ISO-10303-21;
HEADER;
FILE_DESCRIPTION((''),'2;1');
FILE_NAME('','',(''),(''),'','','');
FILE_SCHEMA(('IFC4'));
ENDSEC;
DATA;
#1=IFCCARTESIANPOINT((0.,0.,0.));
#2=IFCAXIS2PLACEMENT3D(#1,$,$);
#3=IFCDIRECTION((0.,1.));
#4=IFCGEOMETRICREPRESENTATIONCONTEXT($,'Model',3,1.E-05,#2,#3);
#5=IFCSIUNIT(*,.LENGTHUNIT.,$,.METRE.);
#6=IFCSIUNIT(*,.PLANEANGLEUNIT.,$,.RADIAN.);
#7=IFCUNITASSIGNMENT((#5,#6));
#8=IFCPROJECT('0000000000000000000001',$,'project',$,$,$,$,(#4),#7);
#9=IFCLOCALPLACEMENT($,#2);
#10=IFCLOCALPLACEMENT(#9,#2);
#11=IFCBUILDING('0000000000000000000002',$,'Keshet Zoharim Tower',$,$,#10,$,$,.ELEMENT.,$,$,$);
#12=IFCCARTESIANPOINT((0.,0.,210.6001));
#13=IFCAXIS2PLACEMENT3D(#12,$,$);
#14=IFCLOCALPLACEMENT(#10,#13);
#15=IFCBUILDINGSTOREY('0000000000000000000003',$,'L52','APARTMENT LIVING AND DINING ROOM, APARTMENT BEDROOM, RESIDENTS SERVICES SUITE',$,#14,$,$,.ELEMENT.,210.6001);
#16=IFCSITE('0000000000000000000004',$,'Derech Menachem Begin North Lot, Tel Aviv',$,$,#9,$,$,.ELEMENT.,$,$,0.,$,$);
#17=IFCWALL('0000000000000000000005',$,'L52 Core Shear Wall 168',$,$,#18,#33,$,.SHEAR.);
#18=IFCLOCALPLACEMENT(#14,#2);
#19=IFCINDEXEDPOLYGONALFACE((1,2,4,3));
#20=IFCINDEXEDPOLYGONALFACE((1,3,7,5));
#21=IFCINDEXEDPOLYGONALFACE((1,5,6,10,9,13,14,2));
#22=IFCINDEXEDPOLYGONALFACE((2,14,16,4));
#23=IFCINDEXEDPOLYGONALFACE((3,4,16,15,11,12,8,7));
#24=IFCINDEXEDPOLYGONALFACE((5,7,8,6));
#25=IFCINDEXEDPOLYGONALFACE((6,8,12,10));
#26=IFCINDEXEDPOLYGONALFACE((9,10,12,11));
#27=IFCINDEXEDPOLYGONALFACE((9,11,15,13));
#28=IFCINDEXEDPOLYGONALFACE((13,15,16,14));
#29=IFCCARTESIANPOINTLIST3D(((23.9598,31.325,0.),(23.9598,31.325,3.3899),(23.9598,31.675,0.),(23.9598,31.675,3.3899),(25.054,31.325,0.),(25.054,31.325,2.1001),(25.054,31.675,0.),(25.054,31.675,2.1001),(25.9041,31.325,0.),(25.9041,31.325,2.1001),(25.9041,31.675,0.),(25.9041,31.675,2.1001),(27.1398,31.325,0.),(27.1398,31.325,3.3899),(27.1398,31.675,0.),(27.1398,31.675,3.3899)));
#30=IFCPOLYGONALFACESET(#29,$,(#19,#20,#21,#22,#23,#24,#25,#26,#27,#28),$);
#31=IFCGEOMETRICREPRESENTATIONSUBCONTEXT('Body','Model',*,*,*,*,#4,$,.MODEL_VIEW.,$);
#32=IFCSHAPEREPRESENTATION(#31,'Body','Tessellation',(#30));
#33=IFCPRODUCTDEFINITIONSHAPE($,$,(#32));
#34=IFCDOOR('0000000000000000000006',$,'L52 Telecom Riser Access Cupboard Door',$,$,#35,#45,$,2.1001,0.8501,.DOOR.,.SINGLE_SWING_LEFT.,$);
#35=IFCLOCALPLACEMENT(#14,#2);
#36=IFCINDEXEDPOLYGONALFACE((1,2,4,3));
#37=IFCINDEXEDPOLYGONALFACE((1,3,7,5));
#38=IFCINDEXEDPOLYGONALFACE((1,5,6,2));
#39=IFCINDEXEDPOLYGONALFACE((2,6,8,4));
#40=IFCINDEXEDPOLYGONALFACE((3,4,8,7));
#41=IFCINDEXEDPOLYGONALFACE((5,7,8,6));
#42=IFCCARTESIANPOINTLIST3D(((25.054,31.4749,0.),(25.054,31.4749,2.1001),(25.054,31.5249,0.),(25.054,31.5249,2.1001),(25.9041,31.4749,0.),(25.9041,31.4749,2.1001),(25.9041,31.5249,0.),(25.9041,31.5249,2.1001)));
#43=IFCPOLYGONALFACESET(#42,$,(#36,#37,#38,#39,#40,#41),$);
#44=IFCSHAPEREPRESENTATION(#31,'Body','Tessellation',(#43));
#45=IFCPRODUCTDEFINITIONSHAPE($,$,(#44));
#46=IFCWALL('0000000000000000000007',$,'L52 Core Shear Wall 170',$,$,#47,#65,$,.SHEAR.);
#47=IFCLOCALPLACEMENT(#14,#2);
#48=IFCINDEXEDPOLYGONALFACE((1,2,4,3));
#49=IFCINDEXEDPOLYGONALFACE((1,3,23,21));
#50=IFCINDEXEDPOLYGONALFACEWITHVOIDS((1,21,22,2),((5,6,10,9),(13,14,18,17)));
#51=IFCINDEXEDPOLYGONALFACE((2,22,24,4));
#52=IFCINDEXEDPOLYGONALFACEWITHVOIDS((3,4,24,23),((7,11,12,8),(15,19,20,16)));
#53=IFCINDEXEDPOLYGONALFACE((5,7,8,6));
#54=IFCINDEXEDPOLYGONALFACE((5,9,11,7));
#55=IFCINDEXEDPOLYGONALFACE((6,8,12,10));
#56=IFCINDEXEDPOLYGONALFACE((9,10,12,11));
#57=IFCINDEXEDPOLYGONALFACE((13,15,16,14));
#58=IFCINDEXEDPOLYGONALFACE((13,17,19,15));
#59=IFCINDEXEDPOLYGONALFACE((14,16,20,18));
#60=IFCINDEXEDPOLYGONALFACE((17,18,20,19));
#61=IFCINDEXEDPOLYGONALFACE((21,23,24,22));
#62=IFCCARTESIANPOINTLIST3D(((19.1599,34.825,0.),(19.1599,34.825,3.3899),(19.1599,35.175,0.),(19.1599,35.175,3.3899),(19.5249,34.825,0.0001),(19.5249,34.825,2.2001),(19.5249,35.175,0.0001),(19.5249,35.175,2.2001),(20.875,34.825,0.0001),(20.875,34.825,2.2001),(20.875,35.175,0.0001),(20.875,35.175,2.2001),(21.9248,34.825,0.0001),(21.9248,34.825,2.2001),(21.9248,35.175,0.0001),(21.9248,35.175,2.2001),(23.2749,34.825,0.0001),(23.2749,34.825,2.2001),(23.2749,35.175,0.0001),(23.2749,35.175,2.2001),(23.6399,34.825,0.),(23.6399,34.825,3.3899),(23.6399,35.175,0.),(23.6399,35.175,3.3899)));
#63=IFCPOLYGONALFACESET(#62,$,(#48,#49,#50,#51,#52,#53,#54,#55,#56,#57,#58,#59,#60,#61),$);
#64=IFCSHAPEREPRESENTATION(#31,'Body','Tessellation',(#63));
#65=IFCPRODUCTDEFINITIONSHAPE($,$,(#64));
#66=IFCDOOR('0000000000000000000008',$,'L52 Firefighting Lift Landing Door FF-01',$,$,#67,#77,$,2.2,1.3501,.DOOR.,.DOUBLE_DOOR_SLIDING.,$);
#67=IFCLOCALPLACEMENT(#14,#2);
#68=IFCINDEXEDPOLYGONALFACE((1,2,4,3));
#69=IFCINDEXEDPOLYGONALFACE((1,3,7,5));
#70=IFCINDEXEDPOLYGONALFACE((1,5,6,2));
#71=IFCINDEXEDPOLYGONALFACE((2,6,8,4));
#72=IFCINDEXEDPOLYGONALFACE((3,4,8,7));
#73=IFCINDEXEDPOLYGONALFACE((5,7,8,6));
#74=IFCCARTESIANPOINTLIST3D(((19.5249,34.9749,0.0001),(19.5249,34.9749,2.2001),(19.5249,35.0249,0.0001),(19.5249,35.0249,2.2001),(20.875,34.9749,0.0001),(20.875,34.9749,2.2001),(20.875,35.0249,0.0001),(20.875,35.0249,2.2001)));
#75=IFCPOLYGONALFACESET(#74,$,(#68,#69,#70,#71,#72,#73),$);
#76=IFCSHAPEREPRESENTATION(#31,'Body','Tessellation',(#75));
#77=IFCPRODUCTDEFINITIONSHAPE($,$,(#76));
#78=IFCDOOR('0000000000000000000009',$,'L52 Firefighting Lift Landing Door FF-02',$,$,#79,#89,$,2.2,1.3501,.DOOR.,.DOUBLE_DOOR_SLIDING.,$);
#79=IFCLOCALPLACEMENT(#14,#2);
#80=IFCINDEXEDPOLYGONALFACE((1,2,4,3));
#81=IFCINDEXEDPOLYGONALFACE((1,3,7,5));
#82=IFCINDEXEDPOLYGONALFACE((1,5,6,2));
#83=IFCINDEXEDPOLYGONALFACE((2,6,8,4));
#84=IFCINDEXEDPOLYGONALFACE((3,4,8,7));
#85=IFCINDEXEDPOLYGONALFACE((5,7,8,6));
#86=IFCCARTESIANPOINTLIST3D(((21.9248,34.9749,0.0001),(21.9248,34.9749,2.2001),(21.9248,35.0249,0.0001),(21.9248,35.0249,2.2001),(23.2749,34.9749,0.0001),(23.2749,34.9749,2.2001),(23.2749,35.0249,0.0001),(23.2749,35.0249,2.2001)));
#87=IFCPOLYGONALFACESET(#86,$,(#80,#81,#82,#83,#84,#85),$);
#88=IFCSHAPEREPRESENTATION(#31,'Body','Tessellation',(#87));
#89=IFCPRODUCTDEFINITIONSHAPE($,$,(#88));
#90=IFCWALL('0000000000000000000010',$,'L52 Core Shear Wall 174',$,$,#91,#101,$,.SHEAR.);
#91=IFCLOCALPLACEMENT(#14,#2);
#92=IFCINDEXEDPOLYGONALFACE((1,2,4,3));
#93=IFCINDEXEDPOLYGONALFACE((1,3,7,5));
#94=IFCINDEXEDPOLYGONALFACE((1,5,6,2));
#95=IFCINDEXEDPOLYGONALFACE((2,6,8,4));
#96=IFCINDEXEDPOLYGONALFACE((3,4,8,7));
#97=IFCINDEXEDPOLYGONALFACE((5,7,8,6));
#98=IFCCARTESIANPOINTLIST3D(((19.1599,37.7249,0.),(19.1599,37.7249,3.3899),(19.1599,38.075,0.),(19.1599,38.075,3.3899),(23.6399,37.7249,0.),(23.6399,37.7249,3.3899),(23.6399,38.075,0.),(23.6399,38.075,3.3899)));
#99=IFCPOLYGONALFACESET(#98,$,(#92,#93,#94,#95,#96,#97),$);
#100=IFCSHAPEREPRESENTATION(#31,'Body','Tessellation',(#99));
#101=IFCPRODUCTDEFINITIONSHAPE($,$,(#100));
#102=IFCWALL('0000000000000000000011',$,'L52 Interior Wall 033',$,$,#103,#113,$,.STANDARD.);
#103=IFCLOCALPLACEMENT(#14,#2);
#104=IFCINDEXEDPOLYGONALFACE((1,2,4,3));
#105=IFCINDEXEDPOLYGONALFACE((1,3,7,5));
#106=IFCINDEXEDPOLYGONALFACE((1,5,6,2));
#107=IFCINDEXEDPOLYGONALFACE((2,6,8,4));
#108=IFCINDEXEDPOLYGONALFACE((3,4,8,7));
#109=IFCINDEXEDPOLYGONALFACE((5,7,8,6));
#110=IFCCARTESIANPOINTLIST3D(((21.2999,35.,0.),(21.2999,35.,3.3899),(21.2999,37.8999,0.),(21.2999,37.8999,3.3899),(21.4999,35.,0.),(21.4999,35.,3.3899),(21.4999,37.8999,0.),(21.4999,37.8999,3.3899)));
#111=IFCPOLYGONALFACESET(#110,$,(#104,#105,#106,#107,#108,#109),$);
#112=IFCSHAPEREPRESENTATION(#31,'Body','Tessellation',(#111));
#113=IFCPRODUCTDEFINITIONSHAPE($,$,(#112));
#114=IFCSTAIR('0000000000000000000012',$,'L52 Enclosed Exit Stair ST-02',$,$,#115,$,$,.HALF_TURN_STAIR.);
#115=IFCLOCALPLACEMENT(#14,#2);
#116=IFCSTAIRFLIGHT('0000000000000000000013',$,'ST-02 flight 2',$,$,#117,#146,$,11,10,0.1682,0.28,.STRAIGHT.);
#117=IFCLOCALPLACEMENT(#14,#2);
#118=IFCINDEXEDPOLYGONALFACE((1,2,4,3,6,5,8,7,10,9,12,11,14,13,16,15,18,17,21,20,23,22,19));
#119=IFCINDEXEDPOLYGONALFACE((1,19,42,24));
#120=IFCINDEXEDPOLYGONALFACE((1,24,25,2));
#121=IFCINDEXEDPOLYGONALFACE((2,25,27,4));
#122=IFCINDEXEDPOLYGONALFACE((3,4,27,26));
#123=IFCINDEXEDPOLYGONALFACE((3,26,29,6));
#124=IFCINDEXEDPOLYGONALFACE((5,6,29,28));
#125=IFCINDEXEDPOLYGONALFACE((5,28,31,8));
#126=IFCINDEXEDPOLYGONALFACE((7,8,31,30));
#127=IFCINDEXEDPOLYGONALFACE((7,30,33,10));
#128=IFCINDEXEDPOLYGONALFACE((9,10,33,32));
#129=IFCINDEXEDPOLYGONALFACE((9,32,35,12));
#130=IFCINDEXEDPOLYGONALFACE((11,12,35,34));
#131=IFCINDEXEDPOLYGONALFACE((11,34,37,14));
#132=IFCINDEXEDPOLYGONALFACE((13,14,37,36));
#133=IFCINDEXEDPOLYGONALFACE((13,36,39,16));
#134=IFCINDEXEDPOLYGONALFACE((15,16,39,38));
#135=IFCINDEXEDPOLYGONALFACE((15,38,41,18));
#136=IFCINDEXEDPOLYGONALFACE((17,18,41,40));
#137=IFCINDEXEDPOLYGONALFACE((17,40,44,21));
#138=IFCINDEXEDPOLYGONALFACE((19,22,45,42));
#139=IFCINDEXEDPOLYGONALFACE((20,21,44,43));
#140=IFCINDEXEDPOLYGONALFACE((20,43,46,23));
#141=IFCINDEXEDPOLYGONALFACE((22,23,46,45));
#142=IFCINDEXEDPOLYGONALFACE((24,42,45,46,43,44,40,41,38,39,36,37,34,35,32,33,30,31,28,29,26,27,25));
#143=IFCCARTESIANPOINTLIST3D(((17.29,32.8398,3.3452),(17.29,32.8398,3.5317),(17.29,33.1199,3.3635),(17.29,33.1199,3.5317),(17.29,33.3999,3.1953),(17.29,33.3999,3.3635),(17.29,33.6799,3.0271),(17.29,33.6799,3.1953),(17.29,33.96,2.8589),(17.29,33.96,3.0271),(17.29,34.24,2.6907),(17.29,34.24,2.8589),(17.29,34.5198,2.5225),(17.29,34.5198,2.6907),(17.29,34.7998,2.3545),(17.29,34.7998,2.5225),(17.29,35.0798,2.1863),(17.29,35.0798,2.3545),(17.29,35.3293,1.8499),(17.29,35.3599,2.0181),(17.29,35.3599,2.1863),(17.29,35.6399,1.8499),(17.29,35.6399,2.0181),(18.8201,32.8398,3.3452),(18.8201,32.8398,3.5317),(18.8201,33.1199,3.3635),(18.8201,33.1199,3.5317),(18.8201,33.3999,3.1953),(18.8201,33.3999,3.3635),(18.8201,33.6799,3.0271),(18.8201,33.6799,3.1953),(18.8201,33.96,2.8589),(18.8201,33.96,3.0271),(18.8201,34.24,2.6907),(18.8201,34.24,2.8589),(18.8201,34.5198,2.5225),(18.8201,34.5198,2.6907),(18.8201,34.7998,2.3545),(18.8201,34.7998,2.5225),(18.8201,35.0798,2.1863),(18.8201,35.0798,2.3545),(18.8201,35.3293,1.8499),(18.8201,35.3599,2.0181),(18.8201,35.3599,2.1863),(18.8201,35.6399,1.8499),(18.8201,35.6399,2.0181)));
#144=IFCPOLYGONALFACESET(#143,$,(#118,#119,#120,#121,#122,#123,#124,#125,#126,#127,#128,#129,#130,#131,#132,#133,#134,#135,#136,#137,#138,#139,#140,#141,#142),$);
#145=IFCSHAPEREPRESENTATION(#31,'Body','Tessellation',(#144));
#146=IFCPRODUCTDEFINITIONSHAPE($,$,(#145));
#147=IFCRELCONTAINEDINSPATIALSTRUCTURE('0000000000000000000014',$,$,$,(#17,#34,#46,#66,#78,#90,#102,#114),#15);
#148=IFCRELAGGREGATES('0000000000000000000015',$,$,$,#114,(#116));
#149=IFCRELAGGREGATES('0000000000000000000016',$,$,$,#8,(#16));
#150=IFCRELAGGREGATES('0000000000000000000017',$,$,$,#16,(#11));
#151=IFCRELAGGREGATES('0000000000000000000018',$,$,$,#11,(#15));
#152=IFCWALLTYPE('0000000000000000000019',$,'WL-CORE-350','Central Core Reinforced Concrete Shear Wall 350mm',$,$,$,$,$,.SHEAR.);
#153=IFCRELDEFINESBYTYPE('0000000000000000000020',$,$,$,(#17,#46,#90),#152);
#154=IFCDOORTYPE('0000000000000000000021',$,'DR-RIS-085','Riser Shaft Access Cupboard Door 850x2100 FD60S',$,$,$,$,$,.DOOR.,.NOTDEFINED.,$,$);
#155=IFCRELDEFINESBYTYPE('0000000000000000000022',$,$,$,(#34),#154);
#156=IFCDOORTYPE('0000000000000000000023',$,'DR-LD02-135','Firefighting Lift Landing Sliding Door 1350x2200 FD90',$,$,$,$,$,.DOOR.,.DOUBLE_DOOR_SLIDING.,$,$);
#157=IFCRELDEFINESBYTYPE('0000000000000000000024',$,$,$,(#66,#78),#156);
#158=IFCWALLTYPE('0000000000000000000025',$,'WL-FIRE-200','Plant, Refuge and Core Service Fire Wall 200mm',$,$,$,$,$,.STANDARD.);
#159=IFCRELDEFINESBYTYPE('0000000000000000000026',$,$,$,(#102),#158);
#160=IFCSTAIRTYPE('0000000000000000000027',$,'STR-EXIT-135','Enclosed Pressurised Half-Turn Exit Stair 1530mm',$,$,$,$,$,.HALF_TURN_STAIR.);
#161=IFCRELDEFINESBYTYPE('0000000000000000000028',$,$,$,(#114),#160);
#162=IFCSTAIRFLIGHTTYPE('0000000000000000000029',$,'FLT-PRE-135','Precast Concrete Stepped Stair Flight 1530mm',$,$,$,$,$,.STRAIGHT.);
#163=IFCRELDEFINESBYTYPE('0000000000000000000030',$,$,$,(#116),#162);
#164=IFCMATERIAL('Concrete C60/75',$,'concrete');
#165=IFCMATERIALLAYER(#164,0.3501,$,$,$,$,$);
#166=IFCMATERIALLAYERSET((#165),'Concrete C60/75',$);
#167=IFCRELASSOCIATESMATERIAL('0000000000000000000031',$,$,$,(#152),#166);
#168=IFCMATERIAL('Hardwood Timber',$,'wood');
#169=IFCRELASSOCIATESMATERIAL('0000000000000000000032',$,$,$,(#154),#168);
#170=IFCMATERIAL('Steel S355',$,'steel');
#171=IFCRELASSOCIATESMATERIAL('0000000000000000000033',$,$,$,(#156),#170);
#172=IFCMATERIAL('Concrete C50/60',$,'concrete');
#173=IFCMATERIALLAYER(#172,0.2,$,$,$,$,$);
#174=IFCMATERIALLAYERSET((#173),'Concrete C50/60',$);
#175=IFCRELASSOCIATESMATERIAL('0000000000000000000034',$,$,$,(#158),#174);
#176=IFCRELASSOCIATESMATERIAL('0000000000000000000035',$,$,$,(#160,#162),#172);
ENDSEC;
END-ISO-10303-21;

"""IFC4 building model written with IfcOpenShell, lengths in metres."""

from ifc_helpers import new_model, si_unit, direction, frame, frame_2d, origin, place, context, subcontext, project, spatial, polyline, rectangle, outline, extrude, material, layer, layer_set, type_object, element, fill, aggregate, save


model = new_model("IFC4")

# Units and contexts
model_context = context("Model", 3, precision=1e-05, world=origin(), true_north=direction((0.0, 1.0)))
body_context = subcontext(model_context, "Body", "Model", "MODEL_VIEW")
ifc_project = project(units=[si_unit("LENGTHUNIT", "METRE"), si_unit("PLANEANGLEUNIT", "RADIAN")], contexts=[model_context])

# Site, building, storey
site_placement = place(None, origin())
site = spatial("IfcSite", under=ifc_project, at=site_placement, Name="Derech Menachem Begin North Lot, Tel Aviv", CompositionType="ELEMENT", RefElevation=0.0)
building_placement = place(site_placement, origin())
building = spatial("IfcBuilding", under=site, at=building_placement, Name="Keshet Zoharim Tower", CompositionType="ELEMENT")
storey_placement = place(building_placement, frame((0.0, 0.0, 210.6001)))
storey = spatial("IfcBuildingStorey", under=building, at=storey_placement, Name="L52", Description="APARTMENT LIVING AND DINING ROOM, APARTMENT BEDROOM, RESIDENTS SERVICES SUITE", CompositionType="ELEMENT", Elevation=210.6001)

# Shared definitions
ifc_material_1 = material(Name="Steel S355", Category="steel")

# Shared definitions
ifc_material_2 = material(Name="Concrete C60/75", Category="concrete")
ifc_layer_1 = layer(ifc_material_2, 0.3501)
ifc_layer_set_1 = layer_set([ifc_layer_1], Name="Concrete C60/75")
wall_type_1 = type_object("IfcWallType", Name="WL-CORE-350", Description="Central Core Reinforced Concrete Shear Wall 350mm", PredefinedType="SHEAR", material=ifc_layer_set_1)

# Wall, opening, door
wall_1_placement = place(storey_placement, frame((23.96, 31.5, 0.0), z_axis=(0.0, 0.0, 1.0), x_axis=(1.0, 0.0, 0.0)))
wall_1 = element("IfcWall", 1, at=wall_1_placement, inside=storey, type_object=wall_type_1, Name="L52 Core Shear Wall 168", PredefinedType="SHEAR", context=body_context, shape_type="SweptSolid", body=[
    extrude(rectangle(XDim=3.1799, YDim=0.3501, at=frame_2d((1.5898, 0.0))), origin(), (0.0, 0.0, 1.0), 3.3899),
])
opening_1_placement = place(wall_1_placement, frame((1.094, 0.0, 0.0)))
opening_1 = element("IfcOpeningElement", 2, at=opening_1_placement, cuts=wall_1, PredefinedType="OPENING", context=body_context, shape_type="SweptSolid", body=[
    extrude(rectangle(XDim=0.8501, YDim=2.1001, at=frame_2d((0.425, 1.05))), frame((0.0, 0.1851, 0.0), z_axis=(0.0, -1.0, 0.0), x_axis=(1.0, 0.0, 0.0)), (0.0, 0.0, 1.0), 0.3701),
])
ifc_material_3 = material(Name="Hardwood Timber", Category="wood")
door_type_1 = type_object("IfcDoorType", Name="DR-RIS-085", Description="Riser Shaft Access Cupboard Door 850x2100 FD60S", OperationType="NOTDEFINED", PredefinedType="DOOR", material=ifc_material_3)
door_1_placement = place(opening_1_placement, origin())
door_1 = element("IfcDoor", 3, at=door_1_placement, inside=storey, type_object=door_type_1, Name="L52 Telecom Riser Access Cupboard Door", OperationType="SINGLE_SWING_LEFT", OverallHeight=2.1001, OverallWidth=0.8501, PredefinedType="DOOR", context=body_context, shape_type="SweptSolid", body=[
    extrude(rectangle(XDim=0.8501, YDim=2.1001, at=frame_2d((0.425, 1.05))), frame((0.0, 0.0249, 0.0), z_axis=(0.0, -1.0, 0.0), x_axis=(1.0, 0.0, 0.0)), (0.0, 0.0, 1.0), 0.05),
])
fill(opening_1, door_1)

# Wall, openings, doors
wall_2_placement = place(storey_placement, frame((19.1599, 35.0, 0.0), z_axis=(0.0, 0.0, 1.0), x_axis=(1.0, 0.0, 0.0)))
wall_2 = element("IfcWall", 4, at=wall_2_placement, inside=storey, type_object=wall_type_1, Name="L52 Core Shear Wall 170", PredefinedType="SHEAR", context=body_context, shape_type="SweptSolid", body=[
    extrude(rectangle(XDim=4.48, YDim=0.3501, at=frame_2d((2.24, 0.0))), origin(), (0.0, 0.0, 1.0), 3.3899),
])
opening_2_placement = place(wall_2_placement, frame((0.365, 0.0, 0.0)))
opening_2 = element("IfcOpeningElement", 5, at=opening_2_placement, cuts=wall_2, PredefinedType="OPENING", context=body_context, shape_type="SweptSolid", body=[
    extrude(rectangle(XDim=1.3501, YDim=2.2, at=frame_2d((0.675, 1.1001))), frame((0.0, 0.1851, 0.0), z_axis=(0.0, -1.0, 0.0), x_axis=(1.0, 0.0, 0.0)), (0.0, 0.0, 1.0), 0.3701),
])
opening_3_placement = place(wall_2_placement, frame((2.7649, 0.0, 0.0)))
opening_3 = element("IfcOpeningElement", 6, at=opening_3_placement, cuts=wall_2, PredefinedType="OPENING", context=body_context, shape_type="SweptSolid", body=[
    extrude(rectangle(XDim=1.3501, YDim=2.2, at=frame_2d((0.675, 1.1001))), frame((0.0, 0.1851, 0.0), z_axis=(0.0, -1.0, 0.0), x_axis=(1.0, 0.0, 0.0)), (0.0, 0.0, 1.0), 0.3701),
])
door_type_2 = type_object("IfcDoorType", Name="DR-LD02-135", Description="Firefighting Lift Landing Sliding Door 1350x2200 FD90", OperationType="DOUBLE_DOOR_SLIDING", PredefinedType="DOOR", material=ifc_material_1)
door_2_placement = place(opening_2_placement, origin())
door_2 = element("IfcDoor", 7, at=door_2_placement, inside=storey, type_object=door_type_2, Name="L52 Firefighting Lift Landing Door FF-01", OperationType="DOUBLE_DOOR_SLIDING", OverallHeight=2.2, OverallWidth=1.3501, PredefinedType="DOOR", context=body_context, shape_type="SweptSolid", body=[
    extrude(rectangle(XDim=1.3501, YDim=2.2, at=frame_2d((0.675, 1.1001))), frame((0.0, 0.0249, 0.0), z_axis=(0.0, -1.0, 0.0), x_axis=(1.0, 0.0, 0.0)), (0.0, 0.0, 1.0), 0.05),
])
fill(opening_2, door_2)
door_3_placement = place(opening_3_placement, origin())
door_3 = element("IfcDoor", 8, at=door_3_placement, inside=storey, type_object=door_type_2, Name="L52 Firefighting Lift Landing Door FF-02", OperationType="DOUBLE_DOOR_SLIDING", OverallHeight=2.2, OverallWidth=1.3501, PredefinedType="DOOR", context=body_context, shape_type="SweptSolid", body=[
    extrude(rectangle(XDim=1.3501, YDim=2.2, at=frame_2d((0.675, 1.1001))), frame((0.0, 0.0249, 0.0), z_axis=(0.0, -1.0, 0.0), x_axis=(1.0, 0.0, 0.0)), (0.0, 0.0, 1.0), 0.05),
])
fill(opening_3, door_3)

# Walls
wall_3_placement = place(storey_placement, frame((19.1599, 37.8999, 0.0), z_axis=(0.0, 0.0, 1.0), x_axis=(1.0, 0.0, 0.0)))
element("IfcWall", 9, at=wall_3_placement, inside=storey, type_object=wall_type_1, Name="L52 Core Shear Wall 174", PredefinedType="SHEAR", context=body_context, shape_type="SweptSolid", body=[
    extrude(rectangle(XDim=4.48, YDim=0.3501, at=frame_2d((2.24, 0.0))), origin(), (0.0, 0.0, 1.0), 3.3899),
])
ifc_material_4 = material(Name="Concrete C50/60", Category="concrete")
ifc_layer_2 = layer(ifc_material_4, 0.2)
ifc_layer_set_2 = layer_set([ifc_layer_2], Name="Concrete C50/60")
wall_type_2 = type_object("IfcWallType", Name="WL-FIRE-200", Description="Plant, Refuge and Core Service Fire Wall 200mm", PredefinedType="STANDARD", material=ifc_layer_set_2)
wall_4_placement = place(storey_placement, frame((21.3999, 35.0, 0.0), z_axis=(0.0, 0.0, 1.0), x_axis=(0.0, 1.0, 0.0)))
element("IfcWall", 10, at=wall_4_placement, inside=storey, type_object=wall_type_2, Name="L52 Interior Wall 033", PredefinedType="STANDARD", context=body_context, shape_type="SweptSolid", body=[
    extrude(rectangle(XDim=2.8999, YDim=0.2, at=frame_2d((1.45, 0.0))), origin(), (0.0, 0.0, 1.0), 3.3899),
])

# Stair, stair flight
stair_type = type_object("IfcStairType", Name="STR-EXIT-135", Description="Enclosed Pressurised Half-Turn Exit Stair 1530mm", PredefinedType="HALF_TURN_STAIR", material=ifc_material_4)
stair_placement = place(storey_placement, origin())
stair = element("IfcStair", 11, at=stair_placement, inside=storey, type_object=stair_type, Name="L52 Enclosed Exit Stair ST-02", PredefinedType="HALF_TURN_STAIR")
stair_flight_type = type_object("IfcStairFlightType", Name="FLT-PRE-135", Description="Precast Concrete Stepped Stair Flight 1530mm", PredefinedType="STRAIGHT", material=ifc_material_4)
stair_flight_placement = place(storey_placement, frame((18.0549, 35.6399, 1.8499), z_axis=(0.0, 0.0, 1.0), x_axis=(0.0, -1.0, 0.0)))
stair_flight = element("IfcStairFlight", 12, at=stair_flight_placement, type_object=stair_flight_type, Name="ST-02 flight 2", NumberOfRisers=11, NumberOfTreads=10, PredefinedType="STRAIGHT", RiserHeight=0.1682, TreadLength=0.28, context=body_context, shape_type="SweptSolid", body=[
    extrude(outline(polyline([(0.0, 0.0), (0.0, 0.1682), (0.28, 0.1682), (0.28, 0.3364), (0.5601, 0.3364), (0.5601, 0.5046), (0.8401, 0.5046), (0.8401, 0.6726), (1.1201, 0.6726), (1.1201, 0.8408), (1.3999, 0.8408), (1.3999, 1.009), (1.6799, 1.009), (1.6799, 1.1772), (1.96, 1.1772), (1.96, 1.3455), (2.24, 1.3455), (2.24, 1.5137), (2.52, 1.5137), (2.52, 1.6819), (2.8, 1.6819), (2.8, 1.8501), (2.8, 1.4954), (0.3105, 0.0), (0.0, 0.0)])), frame((0.0, 0.7651, 0.0), z_axis=(0.0, -1.0, 0.0), x_axis=(1.0, 0.0, 0.0)), (0.0, 0.0, 1.0), 1.53),
])
aggregate(stair, [stair_flight])

save(model, "model.ifc")
